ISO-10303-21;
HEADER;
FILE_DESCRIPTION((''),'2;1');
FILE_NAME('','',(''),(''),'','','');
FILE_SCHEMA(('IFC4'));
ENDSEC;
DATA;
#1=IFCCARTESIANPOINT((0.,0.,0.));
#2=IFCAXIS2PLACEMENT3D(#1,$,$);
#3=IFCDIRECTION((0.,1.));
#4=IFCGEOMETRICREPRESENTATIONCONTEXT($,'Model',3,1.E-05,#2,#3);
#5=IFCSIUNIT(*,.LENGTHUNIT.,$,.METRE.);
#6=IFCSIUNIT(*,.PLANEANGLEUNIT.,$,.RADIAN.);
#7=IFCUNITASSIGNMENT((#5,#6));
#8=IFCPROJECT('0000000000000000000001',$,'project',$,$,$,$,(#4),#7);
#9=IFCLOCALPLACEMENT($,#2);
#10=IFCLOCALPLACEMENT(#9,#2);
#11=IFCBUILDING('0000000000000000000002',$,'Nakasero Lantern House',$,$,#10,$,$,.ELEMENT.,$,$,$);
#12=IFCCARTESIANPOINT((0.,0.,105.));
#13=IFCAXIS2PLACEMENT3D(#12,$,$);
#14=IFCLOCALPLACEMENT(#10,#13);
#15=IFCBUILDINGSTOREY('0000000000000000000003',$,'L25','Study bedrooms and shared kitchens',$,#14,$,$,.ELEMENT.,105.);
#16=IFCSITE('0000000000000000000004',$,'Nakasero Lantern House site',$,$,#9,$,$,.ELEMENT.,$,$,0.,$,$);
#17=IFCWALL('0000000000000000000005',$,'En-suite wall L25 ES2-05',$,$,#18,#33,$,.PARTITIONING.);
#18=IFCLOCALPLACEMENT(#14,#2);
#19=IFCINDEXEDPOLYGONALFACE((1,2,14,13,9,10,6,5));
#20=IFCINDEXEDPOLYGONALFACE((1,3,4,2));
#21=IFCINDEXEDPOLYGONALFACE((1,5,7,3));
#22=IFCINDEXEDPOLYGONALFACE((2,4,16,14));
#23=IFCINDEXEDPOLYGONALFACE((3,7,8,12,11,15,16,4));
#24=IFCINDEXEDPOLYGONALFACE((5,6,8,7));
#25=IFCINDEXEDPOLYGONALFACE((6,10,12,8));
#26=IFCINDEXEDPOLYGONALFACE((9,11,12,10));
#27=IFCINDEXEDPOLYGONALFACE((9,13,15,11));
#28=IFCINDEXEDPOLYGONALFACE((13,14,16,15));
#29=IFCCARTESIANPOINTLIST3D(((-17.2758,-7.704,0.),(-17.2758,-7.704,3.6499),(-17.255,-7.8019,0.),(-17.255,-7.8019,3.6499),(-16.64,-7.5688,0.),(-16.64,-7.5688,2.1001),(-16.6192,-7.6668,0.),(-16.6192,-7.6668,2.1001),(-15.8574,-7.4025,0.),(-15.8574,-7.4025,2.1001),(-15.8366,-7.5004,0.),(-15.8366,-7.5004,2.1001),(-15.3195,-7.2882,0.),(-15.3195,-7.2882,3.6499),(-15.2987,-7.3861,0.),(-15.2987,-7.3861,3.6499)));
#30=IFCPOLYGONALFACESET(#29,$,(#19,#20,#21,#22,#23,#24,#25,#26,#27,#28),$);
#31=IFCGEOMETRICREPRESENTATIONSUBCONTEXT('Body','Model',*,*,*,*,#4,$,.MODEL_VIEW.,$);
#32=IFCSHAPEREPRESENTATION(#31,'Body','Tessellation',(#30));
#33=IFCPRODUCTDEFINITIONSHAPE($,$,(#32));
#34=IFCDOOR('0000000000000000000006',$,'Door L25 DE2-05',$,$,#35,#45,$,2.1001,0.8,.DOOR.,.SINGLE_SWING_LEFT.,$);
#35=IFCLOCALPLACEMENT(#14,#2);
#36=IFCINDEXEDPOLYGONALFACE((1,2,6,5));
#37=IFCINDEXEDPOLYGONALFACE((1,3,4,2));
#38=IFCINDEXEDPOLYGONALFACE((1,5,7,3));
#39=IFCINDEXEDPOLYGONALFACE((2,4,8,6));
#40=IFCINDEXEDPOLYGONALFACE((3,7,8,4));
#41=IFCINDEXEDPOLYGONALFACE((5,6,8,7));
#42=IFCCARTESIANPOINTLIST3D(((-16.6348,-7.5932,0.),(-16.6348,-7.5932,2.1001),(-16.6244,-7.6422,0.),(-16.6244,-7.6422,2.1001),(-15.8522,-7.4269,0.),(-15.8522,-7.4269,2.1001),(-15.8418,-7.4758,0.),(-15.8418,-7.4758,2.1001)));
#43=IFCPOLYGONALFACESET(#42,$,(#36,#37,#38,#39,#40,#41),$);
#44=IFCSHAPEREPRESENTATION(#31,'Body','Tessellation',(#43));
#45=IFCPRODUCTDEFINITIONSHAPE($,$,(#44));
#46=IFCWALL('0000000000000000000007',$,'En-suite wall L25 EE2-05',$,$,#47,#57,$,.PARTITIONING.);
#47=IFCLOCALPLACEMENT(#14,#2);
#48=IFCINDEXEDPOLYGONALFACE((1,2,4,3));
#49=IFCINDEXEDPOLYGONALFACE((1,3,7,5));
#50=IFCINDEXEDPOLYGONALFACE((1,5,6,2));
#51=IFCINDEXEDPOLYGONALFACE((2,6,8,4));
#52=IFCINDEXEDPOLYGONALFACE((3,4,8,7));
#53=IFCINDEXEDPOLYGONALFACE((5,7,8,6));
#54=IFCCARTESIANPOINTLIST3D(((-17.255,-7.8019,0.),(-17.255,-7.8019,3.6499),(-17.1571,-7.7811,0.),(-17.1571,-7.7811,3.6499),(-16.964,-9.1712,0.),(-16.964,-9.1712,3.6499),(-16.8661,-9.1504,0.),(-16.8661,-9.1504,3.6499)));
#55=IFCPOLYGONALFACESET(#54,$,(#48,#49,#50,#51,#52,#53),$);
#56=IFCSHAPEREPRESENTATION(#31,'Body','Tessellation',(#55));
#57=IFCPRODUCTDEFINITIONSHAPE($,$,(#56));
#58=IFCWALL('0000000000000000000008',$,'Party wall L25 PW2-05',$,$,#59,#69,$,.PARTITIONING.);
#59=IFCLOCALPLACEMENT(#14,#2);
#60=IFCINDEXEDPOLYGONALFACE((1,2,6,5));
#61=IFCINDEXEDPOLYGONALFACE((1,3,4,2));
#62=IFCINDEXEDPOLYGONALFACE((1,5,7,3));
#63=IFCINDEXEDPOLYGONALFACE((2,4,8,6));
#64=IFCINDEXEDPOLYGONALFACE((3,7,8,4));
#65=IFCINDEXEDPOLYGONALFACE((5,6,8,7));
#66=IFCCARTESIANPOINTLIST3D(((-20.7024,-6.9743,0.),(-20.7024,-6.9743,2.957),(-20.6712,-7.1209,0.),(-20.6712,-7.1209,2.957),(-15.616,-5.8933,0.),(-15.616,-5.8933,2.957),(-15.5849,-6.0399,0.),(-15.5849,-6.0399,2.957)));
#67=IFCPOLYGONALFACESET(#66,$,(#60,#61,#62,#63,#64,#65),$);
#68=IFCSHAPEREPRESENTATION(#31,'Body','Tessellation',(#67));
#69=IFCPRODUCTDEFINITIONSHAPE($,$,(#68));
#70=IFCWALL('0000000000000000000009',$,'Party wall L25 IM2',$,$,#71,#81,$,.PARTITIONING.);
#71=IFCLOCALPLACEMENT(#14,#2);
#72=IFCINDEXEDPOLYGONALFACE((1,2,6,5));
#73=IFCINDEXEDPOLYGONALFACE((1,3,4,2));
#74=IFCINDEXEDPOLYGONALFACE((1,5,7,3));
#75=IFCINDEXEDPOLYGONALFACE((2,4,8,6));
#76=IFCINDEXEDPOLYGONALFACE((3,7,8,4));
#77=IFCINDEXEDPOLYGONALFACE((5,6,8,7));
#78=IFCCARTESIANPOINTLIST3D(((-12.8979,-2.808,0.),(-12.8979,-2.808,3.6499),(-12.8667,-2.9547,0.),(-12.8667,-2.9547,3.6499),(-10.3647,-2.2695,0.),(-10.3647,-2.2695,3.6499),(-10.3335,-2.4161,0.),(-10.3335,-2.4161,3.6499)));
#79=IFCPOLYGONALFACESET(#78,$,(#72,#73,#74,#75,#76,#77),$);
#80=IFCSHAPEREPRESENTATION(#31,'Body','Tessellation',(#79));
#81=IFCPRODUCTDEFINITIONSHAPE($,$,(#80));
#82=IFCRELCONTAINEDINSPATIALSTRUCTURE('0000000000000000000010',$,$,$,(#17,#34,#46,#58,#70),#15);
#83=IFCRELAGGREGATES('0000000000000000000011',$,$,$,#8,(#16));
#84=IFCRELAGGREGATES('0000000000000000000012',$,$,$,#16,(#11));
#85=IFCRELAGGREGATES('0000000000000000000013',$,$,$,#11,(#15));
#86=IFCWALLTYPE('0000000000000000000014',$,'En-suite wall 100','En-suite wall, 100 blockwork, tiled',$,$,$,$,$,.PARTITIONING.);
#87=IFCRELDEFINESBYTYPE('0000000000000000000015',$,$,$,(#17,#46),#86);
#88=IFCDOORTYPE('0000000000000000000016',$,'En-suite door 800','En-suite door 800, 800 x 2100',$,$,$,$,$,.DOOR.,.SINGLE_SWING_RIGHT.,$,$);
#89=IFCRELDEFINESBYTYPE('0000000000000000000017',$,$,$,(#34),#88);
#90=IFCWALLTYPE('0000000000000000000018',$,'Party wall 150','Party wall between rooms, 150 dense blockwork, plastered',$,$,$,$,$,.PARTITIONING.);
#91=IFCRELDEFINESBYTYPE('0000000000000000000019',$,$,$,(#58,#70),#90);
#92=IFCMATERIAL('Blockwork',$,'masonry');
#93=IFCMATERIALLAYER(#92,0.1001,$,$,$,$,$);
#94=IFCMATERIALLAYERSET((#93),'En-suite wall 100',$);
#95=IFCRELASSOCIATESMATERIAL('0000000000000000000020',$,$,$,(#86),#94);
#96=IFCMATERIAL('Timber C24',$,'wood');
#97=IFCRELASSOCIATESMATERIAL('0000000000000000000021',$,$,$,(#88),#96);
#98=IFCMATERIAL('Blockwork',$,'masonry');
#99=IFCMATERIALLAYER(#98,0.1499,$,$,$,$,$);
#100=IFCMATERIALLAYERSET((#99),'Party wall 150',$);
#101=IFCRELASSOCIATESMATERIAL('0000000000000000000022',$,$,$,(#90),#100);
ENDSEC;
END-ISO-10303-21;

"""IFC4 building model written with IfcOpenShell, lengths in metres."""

from ifc_helpers import new_model, si_unit, direction, frame, frame_2d, origin, place, context, subcontext, project, spatial, rectangle, extrude, material, layer, layer_set, type_object, element, fill, save


model = new_model("IFC4")

# Units and contexts
model_context = context("Model", 3, precision=1e-05, world=origin(), true_north=direction((0.0, 1.0)))
body_context = subcontext(model_context, "Body", "Model", "MODEL_VIEW")
ifc_project = project(units=[si_unit("LENGTHUNIT", "METRE"), si_unit("PLANEANGLEUNIT", "RADIAN")], contexts=[model_context])

# Site, building, storey
site_placement = place(None, origin())
site = spatial("IfcSite", under=ifc_project, at=site_placement, Name="Nakasero Lantern House site", CompositionType="ELEMENT", RefElevation=0.0)
building_placement = place(site_placement, origin())
building = spatial("IfcBuilding", under=site, at=building_placement, Name="Nakasero Lantern House", CompositionType="ELEMENT")
storey_placement = place(building_placement, frame((0.0, 0.0, 105.0)))
storey = spatial("IfcBuildingStorey", under=building, at=storey_placement, Name="L25", Description="Study bedrooms and shared kitchens", CompositionType="ELEMENT", Elevation=105.0)

# Shared definitions
ifc_material_1 = material(Name="Blockwork", Category="masonry")
ifc_layer_1 = layer(ifc_material_1, 0.1001)
ifc_layer_set_1 = layer_set([ifc_layer_1], Name="En-suite wall 100")
wall_type_1 = type_object("IfcWallType", Name="En-suite wall 100", Description="En-suite wall, 100 blockwork, tiled", PredefinedType="PARTITIONING", material=ifc_layer_set_1)

# Wall, opening, door
wall_1_placement = place(storey_placement, frame((-15.3091, -7.3372, 0.0), z_axis=(0.0, 0.0, 1.0), x_axis=(-0.978153, -0.207886, 0.0)))
wall_1 = element("IfcWall", 1, at=wall_1_placement, inside=storey, type_object=wall_type_1, Name="En-suite wall L25 ES2-05", PredefinedType="PARTITIONING", context=body_context, shape_type="SweptSolid", body=[
    extrude(rectangle(XDim=2.0, YDim=0.1001, at=frame_2d((1.0, 0.0))), origin(), (0.0, 0.0, 1.0), 3.6499),
])
opening_placement = place(wall_1_placement, frame((0.55, 0.0, 0.0)))
opening = element("IfcOpeningElement", 2, at=opening_placement, cuts=wall_1, PredefinedType="OPENING", context=body_context, shape_type="SweptSolid", body=[
    extrude(rectangle(XDim=0.8, YDim=2.1001, at=frame_2d((0.3999, 1.05))), frame((0.0, 0.0701, 0.0), z_axis=(0.0, -1.0, 0.0), x_axis=(1.0, 0.0, 0.0)), (0.0, 0.0, 1.0), 0.1401),
])
ifc_material_2 = material(Name="Timber C24", Category="wood")
door_type = type_object("IfcDoorType", Name="En-suite door 800", Description="En-suite door 800, 800 x 2100", OperationType="SINGLE_SWING_RIGHT", PredefinedType="DOOR", material=ifc_material_2)
door_placement = place(opening_placement, origin())
door = element("IfcDoor", 3, at=door_placement, inside=storey, type_object=door_type, Name="Door L25 DE2-05", OperationType="SINGLE_SWING_LEFT", OverallHeight=2.1001, OverallWidth=0.8, PredefinedType="DOOR", context=body_context, shape_type="SweptSolid", body=[
    extrude(rectangle(XDim=0.8, YDim=2.1001, at=frame_2d((0.3999, 1.05))), frame((0.0, 0.0249, 0.0), z_axis=(0.0, -1.0, 0.0), x_axis=(1.0, 0.0, 0.0)), (0.0, 0.0, 1.0), 0.05),
])
fill(opening, door)

# Walls
wall_2_placement = place(storey_placement, frame((-17.2061, -7.7915, 0.0), z_axis=(0.0, 0.0, 1.0), x_axis=(0.207873, -0.978156, 0.0)))
element("IfcWall", 4, at=wall_2_placement, inside=storey, type_object=wall_type_1, Name="En-suite wall L25 EE2-05", PredefinedType="PARTITIONING", context=body_context, shape_type="SweptSolid", body=[
    extrude(rectangle(XDim=1.3999, YDim=0.1001, at=frame_2d((0.7, 0.0))), origin(), (0.0, 0.0, 1.0), 3.6499),
])
ifc_material_3 = material(Name="Blockwork", Category="masonry")
ifc_layer_2 = layer(ifc_material_3, 0.1499)
ifc_layer_set_2 = layer_set([ifc_layer_2], Name="Party wall 150")
wall_type_2 = type_object("IfcWallType", Name="Party wall 150", Description="Party wall between rooms, 150 dense blockwork, plastered", PredefinedType="PARTITIONING", material=ifc_layer_set_2)
wall_3_placement = place(storey_placement, frame((-15.6003, -5.9666, 0.0), z_axis=(0.0, 0.0, 1.0), x_axis=(-0.978151, -0.207894, 0.0)))
element("IfcWall", 5, at=wall_3_placement, inside=storey, type_object=wall_type_2, Name="Party wall L25 PW2-05", PredefinedType="PARTITIONING", context=body_context, shape_type="SweptSolid", body=[
    extrude(rectangle(XDim=5.2, YDim=0.1499, at=frame_2d((2.6001, 0.0))), origin(), (0.0, 0.0, 1.0), 2.957),
])
wall_4_placement = place(storey_placement, frame((-12.8823, -2.8813, 0.0), z_axis=(0.0, 0.0, 1.0), x_axis=(0.978138, 0.207958, 0.0)))
element("IfcWall", 6, at=wall_4_placement, inside=storey, type_object=wall_type_2, Name="Party wall L25 IM2", PredefinedType="PARTITIONING", context=body_context, shape_type="SweptSolid", body=[
    extrude(rectangle(XDim=2.5898, YDim=0.1499, at=frame_2d((1.2949, 0.0))), origin(), (0.0, 0.0, 1.0), 3.6499),
])

save(model, "model.ifc")
